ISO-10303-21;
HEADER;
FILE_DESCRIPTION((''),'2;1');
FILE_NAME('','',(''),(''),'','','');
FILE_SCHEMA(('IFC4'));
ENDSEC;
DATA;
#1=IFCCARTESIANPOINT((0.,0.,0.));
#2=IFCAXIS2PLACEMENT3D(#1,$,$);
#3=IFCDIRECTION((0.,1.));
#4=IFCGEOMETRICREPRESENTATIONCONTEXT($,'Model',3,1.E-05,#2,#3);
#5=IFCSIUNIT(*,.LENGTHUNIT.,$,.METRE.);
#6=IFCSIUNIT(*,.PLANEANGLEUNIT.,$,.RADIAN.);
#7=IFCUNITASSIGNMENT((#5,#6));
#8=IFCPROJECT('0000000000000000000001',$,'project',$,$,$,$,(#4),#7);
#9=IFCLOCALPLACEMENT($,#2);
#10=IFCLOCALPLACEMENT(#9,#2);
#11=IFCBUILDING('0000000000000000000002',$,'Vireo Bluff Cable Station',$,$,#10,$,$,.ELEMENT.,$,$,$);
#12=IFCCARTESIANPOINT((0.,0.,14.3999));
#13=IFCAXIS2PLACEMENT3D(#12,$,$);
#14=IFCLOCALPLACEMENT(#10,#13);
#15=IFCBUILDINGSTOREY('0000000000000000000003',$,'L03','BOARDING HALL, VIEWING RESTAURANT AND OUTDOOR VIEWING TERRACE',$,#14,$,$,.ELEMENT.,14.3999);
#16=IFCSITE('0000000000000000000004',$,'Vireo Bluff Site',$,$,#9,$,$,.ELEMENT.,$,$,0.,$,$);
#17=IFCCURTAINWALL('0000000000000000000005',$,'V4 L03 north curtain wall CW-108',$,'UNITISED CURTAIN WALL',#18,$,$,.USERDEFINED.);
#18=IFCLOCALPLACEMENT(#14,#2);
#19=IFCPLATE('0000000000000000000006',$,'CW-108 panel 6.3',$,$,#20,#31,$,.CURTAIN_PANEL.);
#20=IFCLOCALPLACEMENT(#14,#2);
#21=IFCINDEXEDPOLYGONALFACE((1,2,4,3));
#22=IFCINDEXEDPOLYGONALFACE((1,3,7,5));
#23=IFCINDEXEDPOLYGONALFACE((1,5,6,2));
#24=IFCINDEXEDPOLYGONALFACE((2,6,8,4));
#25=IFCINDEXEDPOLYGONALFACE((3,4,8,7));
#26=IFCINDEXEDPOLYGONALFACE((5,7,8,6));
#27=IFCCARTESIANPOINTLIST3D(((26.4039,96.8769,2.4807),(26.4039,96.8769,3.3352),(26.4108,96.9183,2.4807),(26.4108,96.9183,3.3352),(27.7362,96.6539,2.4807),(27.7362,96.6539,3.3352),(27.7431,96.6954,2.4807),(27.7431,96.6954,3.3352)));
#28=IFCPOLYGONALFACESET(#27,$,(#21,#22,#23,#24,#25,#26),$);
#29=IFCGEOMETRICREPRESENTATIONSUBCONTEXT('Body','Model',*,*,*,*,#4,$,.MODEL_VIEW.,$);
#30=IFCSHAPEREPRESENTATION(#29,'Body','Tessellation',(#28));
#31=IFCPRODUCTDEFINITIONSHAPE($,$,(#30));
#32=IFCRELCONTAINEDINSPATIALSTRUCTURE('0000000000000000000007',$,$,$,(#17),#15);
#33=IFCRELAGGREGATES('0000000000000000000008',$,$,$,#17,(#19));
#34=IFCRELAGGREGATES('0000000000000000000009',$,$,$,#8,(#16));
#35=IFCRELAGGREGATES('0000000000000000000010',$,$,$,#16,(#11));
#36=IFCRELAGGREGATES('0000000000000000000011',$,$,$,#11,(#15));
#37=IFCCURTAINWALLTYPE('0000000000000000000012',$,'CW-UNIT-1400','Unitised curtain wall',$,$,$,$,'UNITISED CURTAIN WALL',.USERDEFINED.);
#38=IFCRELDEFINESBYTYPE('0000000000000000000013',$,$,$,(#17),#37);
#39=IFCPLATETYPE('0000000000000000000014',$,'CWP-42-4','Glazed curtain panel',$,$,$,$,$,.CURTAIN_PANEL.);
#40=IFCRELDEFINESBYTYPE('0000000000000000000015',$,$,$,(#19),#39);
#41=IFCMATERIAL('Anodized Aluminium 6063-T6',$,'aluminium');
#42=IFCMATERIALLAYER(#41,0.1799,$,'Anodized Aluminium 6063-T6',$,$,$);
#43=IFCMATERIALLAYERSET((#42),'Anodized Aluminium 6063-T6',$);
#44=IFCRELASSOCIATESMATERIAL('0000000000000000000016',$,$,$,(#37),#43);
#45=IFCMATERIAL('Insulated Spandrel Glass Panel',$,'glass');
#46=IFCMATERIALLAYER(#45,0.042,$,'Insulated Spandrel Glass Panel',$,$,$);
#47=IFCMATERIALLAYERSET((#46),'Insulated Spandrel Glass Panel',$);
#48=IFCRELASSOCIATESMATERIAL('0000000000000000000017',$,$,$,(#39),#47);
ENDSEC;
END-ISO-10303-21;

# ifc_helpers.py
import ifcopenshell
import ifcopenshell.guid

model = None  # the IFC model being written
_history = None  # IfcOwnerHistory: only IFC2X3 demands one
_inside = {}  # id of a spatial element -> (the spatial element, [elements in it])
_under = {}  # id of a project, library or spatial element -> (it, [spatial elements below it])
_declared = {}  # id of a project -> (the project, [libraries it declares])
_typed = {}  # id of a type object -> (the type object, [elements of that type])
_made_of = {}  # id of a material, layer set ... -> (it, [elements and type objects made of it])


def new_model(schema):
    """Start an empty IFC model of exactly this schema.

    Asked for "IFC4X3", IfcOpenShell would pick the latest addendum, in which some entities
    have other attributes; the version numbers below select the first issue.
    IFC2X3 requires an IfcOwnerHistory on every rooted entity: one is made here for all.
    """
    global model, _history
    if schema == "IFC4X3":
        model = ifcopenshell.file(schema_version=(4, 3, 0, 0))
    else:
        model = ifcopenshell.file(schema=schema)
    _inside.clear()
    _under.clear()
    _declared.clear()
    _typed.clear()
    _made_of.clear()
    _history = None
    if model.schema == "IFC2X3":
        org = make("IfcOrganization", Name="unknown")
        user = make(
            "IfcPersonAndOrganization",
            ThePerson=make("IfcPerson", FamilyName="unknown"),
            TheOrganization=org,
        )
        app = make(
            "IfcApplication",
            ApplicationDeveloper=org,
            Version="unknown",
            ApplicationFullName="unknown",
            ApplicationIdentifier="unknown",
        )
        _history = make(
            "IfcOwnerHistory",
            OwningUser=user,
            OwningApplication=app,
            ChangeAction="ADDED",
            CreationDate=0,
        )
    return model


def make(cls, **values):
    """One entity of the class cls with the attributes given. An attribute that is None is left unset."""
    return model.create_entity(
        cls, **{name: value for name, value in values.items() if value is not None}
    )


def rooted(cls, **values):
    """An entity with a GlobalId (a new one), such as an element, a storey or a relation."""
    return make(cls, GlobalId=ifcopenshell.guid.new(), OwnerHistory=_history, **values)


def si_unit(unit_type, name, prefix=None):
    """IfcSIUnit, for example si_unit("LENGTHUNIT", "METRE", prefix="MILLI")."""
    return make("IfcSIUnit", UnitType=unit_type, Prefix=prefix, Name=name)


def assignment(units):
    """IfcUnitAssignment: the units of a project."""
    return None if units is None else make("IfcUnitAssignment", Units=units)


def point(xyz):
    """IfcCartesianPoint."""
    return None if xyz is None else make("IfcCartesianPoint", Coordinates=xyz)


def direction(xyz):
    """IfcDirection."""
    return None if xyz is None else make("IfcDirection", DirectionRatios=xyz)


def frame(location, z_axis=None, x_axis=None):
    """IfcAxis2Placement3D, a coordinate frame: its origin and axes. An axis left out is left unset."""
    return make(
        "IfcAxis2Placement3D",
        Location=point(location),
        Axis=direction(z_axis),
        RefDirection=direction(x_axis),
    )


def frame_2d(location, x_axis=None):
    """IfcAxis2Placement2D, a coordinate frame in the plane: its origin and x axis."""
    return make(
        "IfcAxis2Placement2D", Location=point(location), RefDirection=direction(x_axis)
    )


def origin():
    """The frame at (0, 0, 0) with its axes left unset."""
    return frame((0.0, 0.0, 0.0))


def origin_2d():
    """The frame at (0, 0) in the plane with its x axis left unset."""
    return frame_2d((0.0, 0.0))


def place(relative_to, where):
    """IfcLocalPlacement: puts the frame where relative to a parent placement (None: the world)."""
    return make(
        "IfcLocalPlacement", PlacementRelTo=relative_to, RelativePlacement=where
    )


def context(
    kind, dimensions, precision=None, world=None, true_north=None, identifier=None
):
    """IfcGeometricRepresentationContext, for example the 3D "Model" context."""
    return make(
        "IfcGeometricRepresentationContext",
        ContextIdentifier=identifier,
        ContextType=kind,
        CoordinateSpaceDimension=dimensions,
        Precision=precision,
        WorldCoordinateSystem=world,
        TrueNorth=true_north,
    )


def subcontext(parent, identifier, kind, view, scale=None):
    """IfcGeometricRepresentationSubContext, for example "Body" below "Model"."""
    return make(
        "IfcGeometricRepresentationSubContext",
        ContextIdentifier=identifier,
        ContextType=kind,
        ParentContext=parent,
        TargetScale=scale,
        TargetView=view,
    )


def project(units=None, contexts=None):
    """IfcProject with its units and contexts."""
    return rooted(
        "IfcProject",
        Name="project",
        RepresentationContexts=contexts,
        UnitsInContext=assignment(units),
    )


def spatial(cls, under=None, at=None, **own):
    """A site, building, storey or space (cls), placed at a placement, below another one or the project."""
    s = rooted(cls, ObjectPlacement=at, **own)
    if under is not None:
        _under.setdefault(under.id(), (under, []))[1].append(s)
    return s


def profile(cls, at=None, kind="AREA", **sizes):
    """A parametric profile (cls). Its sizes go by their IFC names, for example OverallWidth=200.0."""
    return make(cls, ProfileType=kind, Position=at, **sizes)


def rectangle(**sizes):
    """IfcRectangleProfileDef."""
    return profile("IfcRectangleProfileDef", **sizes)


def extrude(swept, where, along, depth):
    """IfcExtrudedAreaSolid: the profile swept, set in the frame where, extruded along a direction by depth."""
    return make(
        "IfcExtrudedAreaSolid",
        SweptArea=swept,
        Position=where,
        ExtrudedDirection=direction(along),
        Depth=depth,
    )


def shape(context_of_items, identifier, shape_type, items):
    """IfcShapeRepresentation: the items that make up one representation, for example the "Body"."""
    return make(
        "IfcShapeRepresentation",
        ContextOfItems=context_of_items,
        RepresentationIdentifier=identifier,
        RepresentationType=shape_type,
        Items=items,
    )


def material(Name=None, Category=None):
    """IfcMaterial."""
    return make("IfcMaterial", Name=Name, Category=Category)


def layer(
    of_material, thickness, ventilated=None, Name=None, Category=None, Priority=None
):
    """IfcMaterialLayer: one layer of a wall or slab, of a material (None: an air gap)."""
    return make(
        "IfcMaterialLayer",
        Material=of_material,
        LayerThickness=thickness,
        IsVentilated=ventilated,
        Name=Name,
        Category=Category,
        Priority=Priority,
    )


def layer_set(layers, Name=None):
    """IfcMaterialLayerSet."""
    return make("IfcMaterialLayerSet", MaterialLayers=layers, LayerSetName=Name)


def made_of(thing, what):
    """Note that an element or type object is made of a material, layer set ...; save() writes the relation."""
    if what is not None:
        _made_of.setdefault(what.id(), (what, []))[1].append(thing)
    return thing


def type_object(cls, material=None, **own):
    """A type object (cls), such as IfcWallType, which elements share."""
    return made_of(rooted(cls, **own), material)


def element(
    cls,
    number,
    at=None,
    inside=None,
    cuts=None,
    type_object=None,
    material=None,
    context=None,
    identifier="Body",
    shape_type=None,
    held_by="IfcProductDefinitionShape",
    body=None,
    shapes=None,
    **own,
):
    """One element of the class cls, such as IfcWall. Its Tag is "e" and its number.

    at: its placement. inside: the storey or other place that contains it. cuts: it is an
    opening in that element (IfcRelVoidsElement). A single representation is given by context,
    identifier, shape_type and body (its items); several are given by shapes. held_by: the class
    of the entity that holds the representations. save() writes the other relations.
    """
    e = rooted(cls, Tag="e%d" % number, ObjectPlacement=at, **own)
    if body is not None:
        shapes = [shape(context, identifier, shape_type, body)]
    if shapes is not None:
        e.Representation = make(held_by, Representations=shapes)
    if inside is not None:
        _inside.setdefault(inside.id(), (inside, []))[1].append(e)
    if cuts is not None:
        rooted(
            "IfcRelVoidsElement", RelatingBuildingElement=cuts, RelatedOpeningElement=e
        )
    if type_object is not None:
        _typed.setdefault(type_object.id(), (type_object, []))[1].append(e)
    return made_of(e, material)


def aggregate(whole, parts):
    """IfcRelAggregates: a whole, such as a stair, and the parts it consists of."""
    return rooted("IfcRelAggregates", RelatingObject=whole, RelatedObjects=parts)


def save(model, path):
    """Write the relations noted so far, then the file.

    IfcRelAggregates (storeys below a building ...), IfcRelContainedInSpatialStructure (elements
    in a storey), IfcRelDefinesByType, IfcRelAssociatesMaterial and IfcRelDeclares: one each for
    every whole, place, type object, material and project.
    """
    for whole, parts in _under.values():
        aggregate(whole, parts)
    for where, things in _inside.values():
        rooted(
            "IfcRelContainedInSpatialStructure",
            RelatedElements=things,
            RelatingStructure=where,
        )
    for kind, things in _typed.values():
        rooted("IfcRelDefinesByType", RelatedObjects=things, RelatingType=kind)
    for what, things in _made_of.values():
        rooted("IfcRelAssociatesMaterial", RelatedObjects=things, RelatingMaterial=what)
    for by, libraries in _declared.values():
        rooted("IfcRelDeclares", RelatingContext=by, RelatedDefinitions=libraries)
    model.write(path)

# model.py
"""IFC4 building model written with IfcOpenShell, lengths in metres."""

from ifc_helpers import new_model, si_unit, direction, frame, origin, origin_2d, place, context, subcontext, project, spatial, rectangle, extrude, material, layer, layer_set, type_object, element, aggregate, save


model = new_model("IFC4")

# Units and contexts
model_context = context("Model", 3, precision=1e-05, world=origin(), true_north=direction((0.0, 1.0)))
body_context = subcontext(model_context, "Body", "Model", "MODEL_VIEW")
ifc_project = project(units=[si_unit("LENGTHUNIT", "METRE"), si_unit("PLANEANGLEUNIT", "RADIAN")], contexts=[model_context])

# Site, building, storey
site_placement = place(None, origin())
site = spatial("IfcSite", under=ifc_project, at=site_placement, Name="Vireo Bluff Site", CompositionType="ELEMENT", RefElevation=0.0)
building_placement = place(site_placement, origin())
building = spatial("IfcBuilding", under=site, at=building_placement, Name="Vireo Bluff Cable Station", CompositionType="ELEMENT")
storey_placement = place(building_placement, frame((0.0, 0.0, 14.3999)))
storey = spatial("IfcBuildingStorey", under=building, at=storey_placement, Name="L03", Description="BOARDING HALL, VIEWING RESTAURANT AND OUTDOOR VIEWING TERRACE", CompositionType="ELEMENT", Elevation=14.3999)

# Curtain wall
ifc_material_1 = material(Name="Anodized Aluminium 6063-T6", Category="aluminium")
ifc_layer_1 = layer(ifc_material_1, 0.1799, Name="Anodized Aluminium 6063-T6")
ifc_layer_set_1 = layer_set([ifc_layer_1], Name="Anodized Aluminium 6063-T6")
curtain_wall_type_1 = type_object("IfcCurtainWallType", Name="CW-UNIT-1400", Description="Unitised curtain wall", ElementType="UNITISED CURTAIN WALL", PredefinedType="USERDEFINED", material=ifc_layer_set_1)
curtain_wall_1_placement = place(storey_placement, origin())
curtain_wall_1 = element("IfcCurtainWall", 1, at=curtain_wall_1_placement, inside=storey, type_object=curtain_wall_type_1, Name="V4 L03 north curtain wall CW-108", ObjectType="UNITISED CURTAIN WALL", PredefinedType="USERDEFINED")

# Plate
ifc_material_2 = material(Name="Insulated Spandrel Glass Panel", Category="glass")
ifc_layer_2 = layer(ifc_material_2, 0.042, Name="Insulated Spandrel Glass Panel")
ifc_layer_set_2 = layer_set([ifc_layer_2], Name="Insulated Spandrel Glass Panel")
plate_type = type_object("IfcPlateType", Name="CWP-42-4", Description="Glazed curtain panel", PredefinedType="CURTAIN_PANEL", material=ifc_layer_set_2)
plate_1_placement = place(storey_placement, frame((27.0735, 96.7861, 2.4807), z_axis=(0.0, 0.0, 1.0), x_axis=(0.986286, -0.165048, 0.0)))
plate_1 = element("IfcPlate", 2, at=plate_1_placement, type_object=plate_type, Name="CW-108 panel 6.3", PredefinedType="CURTAIN_PANEL", context=body_context, shape_type="SweptSolid", body=[
    extrude(rectangle(XDim=1.3508, YDim=0.042, at=origin_2d()), origin(), (0.0, 0.0, 1.0), 0.8545),
])
aggregate(curtain_wall_1, [plate_1])

save(model, "model.ifc")
